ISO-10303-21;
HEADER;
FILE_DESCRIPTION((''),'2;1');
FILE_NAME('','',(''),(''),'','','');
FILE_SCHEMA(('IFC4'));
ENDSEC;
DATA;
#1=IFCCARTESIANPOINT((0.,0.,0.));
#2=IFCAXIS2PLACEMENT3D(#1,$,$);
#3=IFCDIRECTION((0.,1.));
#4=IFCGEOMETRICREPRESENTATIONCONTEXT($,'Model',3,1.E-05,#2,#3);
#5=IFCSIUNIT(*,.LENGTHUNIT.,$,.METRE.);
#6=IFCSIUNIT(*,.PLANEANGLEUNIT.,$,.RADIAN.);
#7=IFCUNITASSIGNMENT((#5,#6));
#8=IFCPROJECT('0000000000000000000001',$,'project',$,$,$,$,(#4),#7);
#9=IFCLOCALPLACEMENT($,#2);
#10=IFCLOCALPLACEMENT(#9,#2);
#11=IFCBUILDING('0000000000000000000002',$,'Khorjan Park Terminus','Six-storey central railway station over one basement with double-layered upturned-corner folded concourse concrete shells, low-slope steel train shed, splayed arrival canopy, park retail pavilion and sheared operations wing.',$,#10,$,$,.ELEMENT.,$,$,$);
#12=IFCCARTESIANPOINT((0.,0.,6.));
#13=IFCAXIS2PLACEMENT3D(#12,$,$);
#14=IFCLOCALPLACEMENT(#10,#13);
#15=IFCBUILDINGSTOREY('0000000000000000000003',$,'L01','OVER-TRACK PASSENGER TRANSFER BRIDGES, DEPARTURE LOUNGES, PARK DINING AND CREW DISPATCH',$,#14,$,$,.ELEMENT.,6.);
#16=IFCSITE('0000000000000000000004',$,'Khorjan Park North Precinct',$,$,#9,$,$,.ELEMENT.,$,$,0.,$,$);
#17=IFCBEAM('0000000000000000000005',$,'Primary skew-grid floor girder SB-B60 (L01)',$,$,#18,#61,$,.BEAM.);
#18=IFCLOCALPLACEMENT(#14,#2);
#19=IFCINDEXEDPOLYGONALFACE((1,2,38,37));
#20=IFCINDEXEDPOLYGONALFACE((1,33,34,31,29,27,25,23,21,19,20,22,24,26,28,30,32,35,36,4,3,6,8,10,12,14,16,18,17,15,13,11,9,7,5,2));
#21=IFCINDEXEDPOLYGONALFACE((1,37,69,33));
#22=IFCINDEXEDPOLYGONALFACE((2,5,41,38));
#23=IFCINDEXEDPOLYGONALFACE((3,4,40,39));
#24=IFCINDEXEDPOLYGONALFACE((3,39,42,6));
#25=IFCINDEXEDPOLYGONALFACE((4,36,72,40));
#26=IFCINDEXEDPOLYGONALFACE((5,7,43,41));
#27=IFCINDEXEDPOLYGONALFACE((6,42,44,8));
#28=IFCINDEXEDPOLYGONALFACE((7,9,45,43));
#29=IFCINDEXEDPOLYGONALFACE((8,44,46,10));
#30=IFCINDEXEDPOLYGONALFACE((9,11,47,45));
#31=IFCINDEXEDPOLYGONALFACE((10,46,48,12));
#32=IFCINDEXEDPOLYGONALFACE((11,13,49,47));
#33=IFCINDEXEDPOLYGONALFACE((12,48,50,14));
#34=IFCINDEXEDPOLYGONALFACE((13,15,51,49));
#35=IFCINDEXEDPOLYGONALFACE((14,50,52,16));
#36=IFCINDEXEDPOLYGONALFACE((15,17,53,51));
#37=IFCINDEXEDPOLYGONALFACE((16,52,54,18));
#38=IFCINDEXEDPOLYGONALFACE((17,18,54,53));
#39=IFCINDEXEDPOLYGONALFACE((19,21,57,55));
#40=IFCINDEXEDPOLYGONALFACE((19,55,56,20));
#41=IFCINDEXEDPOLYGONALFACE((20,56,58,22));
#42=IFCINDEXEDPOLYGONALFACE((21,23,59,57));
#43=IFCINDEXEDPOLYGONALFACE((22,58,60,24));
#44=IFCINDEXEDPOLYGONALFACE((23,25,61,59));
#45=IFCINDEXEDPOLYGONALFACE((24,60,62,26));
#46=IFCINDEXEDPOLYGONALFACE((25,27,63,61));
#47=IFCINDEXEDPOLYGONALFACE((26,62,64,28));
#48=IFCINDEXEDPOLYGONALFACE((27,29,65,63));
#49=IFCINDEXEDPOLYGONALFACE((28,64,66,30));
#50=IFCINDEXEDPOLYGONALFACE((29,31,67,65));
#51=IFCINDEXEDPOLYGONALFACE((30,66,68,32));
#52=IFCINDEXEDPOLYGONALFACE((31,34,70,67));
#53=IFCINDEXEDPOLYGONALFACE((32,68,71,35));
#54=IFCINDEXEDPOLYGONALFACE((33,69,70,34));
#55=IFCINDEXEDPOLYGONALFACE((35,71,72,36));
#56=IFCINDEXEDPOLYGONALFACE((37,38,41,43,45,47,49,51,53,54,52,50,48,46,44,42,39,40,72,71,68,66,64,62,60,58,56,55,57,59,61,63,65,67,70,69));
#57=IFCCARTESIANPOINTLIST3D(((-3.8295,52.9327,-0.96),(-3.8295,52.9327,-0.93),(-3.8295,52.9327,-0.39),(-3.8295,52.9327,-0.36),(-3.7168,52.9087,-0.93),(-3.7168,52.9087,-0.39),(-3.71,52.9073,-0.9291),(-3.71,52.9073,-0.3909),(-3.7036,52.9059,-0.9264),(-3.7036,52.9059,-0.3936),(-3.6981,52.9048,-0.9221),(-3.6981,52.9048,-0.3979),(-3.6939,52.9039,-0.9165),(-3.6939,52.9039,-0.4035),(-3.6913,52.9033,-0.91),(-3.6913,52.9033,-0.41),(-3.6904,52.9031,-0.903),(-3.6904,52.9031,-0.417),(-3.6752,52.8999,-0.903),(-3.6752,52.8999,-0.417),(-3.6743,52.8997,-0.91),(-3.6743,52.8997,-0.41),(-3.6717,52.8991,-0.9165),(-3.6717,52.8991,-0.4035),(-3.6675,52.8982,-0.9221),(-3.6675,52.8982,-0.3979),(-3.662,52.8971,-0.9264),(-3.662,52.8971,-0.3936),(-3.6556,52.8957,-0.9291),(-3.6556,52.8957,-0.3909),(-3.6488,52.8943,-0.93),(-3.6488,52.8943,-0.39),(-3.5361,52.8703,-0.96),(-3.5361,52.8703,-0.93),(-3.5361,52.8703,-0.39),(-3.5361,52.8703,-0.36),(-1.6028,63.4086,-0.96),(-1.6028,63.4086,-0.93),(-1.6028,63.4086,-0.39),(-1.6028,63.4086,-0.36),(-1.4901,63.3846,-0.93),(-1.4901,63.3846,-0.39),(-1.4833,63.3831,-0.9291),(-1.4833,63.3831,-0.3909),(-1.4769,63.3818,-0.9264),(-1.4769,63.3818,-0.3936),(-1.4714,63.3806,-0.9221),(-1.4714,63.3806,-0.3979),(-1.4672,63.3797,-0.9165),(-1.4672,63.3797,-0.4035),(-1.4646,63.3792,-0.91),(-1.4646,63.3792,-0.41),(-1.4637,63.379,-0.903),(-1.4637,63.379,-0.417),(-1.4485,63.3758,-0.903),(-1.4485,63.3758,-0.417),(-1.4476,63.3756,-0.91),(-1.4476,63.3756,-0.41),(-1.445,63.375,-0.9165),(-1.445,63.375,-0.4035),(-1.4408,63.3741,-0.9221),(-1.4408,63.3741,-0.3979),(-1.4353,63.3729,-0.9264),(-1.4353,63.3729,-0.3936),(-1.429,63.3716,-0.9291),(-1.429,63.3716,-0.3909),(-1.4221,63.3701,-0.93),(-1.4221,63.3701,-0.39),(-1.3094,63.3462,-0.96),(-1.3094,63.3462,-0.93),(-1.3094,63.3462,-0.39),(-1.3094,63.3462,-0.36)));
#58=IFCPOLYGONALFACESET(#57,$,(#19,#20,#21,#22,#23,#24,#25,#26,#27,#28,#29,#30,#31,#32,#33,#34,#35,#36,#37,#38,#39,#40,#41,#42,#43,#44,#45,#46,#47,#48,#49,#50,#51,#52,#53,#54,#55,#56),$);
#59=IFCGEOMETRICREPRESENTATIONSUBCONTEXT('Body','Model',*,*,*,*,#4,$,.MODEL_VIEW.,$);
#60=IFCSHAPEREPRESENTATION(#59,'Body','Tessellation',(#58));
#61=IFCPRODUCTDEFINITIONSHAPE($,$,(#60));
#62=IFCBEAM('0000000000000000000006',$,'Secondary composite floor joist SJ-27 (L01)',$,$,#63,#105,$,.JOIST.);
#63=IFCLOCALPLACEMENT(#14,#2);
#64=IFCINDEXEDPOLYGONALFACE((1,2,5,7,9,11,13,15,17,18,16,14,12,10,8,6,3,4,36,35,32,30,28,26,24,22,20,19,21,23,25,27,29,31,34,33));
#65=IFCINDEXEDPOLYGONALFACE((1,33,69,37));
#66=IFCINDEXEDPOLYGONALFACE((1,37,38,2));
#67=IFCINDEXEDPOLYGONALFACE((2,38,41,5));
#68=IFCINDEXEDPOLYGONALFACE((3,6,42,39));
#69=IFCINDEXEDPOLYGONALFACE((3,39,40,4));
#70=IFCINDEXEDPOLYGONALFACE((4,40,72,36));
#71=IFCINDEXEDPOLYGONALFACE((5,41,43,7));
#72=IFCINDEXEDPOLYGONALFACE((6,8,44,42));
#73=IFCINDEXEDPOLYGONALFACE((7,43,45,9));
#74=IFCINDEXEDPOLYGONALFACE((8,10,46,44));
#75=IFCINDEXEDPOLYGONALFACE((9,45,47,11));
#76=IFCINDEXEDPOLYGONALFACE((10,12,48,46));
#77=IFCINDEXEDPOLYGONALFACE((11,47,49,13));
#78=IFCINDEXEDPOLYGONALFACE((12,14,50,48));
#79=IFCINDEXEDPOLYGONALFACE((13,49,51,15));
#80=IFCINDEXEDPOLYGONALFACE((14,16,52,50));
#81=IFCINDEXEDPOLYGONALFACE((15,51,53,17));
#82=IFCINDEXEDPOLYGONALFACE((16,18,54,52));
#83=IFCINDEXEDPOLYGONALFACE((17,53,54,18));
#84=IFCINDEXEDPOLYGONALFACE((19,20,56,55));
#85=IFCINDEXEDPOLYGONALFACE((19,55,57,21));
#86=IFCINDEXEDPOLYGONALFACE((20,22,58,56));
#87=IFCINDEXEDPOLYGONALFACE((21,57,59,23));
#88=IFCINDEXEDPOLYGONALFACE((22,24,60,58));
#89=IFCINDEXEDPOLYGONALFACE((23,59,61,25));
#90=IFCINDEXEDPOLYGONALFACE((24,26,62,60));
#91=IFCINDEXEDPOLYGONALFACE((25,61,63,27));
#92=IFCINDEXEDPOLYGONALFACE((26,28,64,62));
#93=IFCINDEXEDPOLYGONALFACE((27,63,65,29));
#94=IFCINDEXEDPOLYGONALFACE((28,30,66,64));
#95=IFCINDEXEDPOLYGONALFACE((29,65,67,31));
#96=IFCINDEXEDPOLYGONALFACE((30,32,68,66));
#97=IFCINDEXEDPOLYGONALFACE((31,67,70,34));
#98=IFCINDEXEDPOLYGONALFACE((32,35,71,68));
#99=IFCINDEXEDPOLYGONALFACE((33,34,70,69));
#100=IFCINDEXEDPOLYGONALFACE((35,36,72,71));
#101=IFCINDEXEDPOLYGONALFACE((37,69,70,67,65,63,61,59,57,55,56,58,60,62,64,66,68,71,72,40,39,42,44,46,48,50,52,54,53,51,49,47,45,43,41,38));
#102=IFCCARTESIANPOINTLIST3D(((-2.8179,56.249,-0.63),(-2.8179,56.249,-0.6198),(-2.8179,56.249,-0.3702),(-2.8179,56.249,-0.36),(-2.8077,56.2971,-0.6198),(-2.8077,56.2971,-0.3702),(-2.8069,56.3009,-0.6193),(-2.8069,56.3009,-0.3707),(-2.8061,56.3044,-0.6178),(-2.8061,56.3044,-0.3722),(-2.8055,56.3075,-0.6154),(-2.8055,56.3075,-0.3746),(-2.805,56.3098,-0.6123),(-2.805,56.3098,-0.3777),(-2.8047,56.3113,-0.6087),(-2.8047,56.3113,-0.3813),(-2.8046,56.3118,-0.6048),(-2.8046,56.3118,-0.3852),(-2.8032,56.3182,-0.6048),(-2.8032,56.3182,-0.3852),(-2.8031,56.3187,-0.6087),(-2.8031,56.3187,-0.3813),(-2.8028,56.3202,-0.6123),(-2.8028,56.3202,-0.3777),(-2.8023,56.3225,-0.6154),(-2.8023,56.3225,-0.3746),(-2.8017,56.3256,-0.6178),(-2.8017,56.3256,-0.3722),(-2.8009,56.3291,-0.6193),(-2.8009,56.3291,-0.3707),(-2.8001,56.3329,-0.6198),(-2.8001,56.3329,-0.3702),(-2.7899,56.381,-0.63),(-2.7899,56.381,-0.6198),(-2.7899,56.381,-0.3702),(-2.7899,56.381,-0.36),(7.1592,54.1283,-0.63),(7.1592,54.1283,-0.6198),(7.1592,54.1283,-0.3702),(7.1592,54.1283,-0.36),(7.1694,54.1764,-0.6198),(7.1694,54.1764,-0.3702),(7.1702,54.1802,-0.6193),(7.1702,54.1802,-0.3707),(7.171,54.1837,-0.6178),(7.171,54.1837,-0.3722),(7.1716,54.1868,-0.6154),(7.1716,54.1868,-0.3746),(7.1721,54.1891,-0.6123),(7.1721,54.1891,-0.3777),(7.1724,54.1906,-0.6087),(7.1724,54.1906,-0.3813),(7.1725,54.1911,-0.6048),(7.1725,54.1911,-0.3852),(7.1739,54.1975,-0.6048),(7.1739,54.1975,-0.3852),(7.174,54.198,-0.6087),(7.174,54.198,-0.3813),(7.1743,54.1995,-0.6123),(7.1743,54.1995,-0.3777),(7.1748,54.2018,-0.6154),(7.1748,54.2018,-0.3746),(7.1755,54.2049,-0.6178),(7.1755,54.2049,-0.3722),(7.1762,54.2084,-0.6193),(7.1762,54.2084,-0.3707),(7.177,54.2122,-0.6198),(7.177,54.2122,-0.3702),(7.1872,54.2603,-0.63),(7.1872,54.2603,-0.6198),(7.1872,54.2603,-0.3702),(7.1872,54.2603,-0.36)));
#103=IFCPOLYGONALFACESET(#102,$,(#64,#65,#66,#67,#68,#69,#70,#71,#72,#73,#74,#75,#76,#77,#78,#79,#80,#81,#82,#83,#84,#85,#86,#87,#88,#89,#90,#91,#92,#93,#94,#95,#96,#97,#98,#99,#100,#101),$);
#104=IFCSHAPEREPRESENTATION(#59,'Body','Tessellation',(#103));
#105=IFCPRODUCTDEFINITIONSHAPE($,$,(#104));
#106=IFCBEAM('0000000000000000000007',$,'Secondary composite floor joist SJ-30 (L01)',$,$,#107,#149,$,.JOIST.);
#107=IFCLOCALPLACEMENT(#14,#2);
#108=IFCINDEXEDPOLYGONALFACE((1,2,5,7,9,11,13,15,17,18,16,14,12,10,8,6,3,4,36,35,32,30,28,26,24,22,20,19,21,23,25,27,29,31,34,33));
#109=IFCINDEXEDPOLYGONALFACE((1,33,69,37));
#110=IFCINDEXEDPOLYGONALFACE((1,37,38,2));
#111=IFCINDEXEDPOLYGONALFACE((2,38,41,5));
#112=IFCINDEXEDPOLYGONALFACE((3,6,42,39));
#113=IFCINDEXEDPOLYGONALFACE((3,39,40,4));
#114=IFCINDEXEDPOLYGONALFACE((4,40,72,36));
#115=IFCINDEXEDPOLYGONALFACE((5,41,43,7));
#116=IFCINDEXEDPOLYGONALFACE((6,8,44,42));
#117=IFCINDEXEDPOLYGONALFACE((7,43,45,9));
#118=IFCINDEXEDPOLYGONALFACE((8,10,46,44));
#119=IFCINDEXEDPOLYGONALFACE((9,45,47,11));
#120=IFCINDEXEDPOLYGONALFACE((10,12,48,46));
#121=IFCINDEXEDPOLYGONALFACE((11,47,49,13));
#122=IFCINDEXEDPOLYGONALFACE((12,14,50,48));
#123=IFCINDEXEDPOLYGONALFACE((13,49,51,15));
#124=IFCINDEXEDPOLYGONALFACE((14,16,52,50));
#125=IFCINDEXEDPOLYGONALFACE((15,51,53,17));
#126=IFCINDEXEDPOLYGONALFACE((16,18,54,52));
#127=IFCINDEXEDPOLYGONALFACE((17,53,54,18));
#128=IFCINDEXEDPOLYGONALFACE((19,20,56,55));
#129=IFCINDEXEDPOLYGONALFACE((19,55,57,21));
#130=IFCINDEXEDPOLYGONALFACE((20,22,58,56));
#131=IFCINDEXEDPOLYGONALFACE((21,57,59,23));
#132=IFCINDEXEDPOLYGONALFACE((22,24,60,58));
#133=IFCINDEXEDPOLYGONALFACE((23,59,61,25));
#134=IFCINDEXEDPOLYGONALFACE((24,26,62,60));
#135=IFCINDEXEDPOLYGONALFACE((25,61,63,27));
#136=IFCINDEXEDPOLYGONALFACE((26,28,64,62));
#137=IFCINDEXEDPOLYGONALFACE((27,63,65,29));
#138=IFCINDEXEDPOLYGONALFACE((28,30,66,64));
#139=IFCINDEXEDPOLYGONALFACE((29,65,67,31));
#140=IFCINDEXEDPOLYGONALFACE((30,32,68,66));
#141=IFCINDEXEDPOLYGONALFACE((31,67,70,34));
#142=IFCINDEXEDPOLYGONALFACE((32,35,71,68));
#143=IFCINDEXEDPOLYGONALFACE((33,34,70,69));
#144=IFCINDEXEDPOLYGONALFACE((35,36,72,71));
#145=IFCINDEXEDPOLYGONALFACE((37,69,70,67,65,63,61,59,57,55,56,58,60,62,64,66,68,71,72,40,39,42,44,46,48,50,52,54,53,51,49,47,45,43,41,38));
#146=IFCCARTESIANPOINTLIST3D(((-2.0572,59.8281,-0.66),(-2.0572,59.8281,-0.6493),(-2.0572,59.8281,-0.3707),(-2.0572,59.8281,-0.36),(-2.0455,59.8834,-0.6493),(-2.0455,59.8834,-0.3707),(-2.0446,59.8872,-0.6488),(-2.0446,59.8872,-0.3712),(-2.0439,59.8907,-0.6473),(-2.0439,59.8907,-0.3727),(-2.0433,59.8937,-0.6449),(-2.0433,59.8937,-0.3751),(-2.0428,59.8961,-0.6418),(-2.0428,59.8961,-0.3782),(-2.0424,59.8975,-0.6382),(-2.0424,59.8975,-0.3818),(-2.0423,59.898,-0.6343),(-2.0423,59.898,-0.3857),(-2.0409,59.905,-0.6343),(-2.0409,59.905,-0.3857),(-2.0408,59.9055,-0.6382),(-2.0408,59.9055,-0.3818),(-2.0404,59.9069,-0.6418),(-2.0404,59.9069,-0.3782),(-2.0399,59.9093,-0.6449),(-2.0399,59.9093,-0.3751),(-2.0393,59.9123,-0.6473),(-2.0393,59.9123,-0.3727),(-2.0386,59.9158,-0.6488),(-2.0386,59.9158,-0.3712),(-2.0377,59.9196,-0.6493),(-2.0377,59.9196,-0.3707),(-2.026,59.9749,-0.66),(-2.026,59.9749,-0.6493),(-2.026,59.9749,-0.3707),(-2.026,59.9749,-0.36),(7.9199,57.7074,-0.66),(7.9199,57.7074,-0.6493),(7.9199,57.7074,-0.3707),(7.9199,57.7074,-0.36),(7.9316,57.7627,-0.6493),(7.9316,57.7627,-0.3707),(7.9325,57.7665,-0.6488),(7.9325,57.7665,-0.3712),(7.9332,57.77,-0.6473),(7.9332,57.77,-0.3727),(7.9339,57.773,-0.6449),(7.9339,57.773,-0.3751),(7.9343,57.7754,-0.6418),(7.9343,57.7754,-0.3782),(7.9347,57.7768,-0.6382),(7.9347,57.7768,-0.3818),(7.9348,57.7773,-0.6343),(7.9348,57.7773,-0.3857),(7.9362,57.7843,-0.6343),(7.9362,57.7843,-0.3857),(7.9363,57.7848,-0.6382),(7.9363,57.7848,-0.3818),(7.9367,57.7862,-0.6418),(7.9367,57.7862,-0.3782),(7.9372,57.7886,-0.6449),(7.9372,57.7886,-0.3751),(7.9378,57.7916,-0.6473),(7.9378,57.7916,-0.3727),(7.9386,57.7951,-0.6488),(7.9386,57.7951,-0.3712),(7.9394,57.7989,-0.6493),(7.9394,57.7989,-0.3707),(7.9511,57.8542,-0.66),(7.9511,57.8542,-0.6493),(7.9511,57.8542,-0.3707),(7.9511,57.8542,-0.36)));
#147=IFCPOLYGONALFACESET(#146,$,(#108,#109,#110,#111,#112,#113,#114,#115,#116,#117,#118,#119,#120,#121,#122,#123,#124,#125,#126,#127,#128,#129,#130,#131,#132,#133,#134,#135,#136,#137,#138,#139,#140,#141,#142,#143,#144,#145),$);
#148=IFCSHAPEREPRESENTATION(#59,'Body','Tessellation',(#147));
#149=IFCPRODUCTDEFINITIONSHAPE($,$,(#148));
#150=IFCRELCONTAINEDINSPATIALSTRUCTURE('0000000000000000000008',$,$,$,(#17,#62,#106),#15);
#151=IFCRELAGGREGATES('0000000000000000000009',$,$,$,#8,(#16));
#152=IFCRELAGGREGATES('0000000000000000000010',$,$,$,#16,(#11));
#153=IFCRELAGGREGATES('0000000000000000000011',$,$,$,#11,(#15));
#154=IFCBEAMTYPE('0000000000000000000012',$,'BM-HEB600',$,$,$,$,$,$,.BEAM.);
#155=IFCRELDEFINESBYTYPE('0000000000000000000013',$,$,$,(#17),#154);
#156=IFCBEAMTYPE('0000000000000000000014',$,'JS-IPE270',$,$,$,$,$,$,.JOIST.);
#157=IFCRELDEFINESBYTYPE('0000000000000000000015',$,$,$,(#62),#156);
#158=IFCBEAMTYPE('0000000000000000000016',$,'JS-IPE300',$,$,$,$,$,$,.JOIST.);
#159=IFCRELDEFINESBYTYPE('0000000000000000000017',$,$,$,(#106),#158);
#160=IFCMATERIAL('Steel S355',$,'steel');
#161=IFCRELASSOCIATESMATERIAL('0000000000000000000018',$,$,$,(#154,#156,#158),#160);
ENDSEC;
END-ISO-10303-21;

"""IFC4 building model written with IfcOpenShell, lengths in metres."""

from ifc_helpers import new_model, si_unit, direction, frame, origin, origin_2d, place, context, subcontext, project, spatial, i_section, extrude, material, material_profile, profile_set, type_object, element, save


model = new_model("IFC4")

# Units and contexts
model_context = context("Model", 3, precision=1e-05, world=origin(), true_north=direction((0.0, 1.0)))
body_context = subcontext(model_context, "Body", "Model", "MODEL_VIEW")
ifc_project = project(units=[si_unit("LENGTHUNIT", "METRE"), si_unit("PLANEANGLEUNIT", "RADIAN")], contexts=[model_context])

# Site, building, storey
site_placement = place(None, origin())
site = spatial("IfcSite", under=ifc_project, at=site_placement, Name="Khorjan Park North Precinct", CompositionType="ELEMENT", RefElevation=0.0)
building_placement = place(site_placement, origin())
building = spatial("IfcBuilding", under=site, at=building_placement, Name="Khorjan Park Terminus", Description="Six-storey central railway station over one basement with double-layered upturned-corner folded concourse concrete shells, low-slope steel train shed, splayed arrival canopy, park retail pavilion and sheared operations wing.", CompositionType="ELEMENT")
storey_placement = place(building_placement, frame((0.0, 0.0, 6.0)))
storey = spatial("IfcBuildingStorey", under=building, at=storey_placement, Name="L01", Description="OVER-TRACK PASSENGER TRANSFER BRIDGES, DEPARTURE LOUNGES, PARK DINING AND CREW DISPATCH", CompositionType="ELEMENT", Elevation=6.0)

# Shared definitions
ifc_material_1 = material(Name="Steel S355", Category="steel")

# Beams
ifc_material_profile_1 = material_profile(ifc_material_1, i_section(OverallWidth=0.3, OverallDepth=0.6, WebThickness=0.0155, FlangeThickness=0.03, FilletRadius=0.027, at=origin_2d()), Name="HEB 600")
ifc_profile_set_1 = profile_set([ifc_material_profile_1], Name="Steel S355")
beam_type_1 = type_object("IfcBeamType", Name="BM-HEB600", PredefinedType="BEAM", material=ifc_profile_set_1)
beam_1_placement = place(storey_placement, frame((-3.6828, 52.9015, -0.66), z_axis=(0.20791, 0.978148, 0.0), x_axis=(-0.978148, 0.20791, 0.0)))
element("IfcBeam", 1, at=beam_1_placement, inside=storey, type_object=beam_type_1, Name="Primary skew-grid floor girder SB-B60 (L01)", PredefinedType="BEAM", context=body_context, shape_type="SweptSolid", body=[
    extrude(i_section(OverallWidth=0.3, OverallDepth=0.6, WebThickness=0.0155, FlangeThickness=0.03, FilletRadius=0.027, at=origin_2d()), origin(), (0.0, 0.0, 1.0), 10.7099),
])
ifc_material_profile_2 = material_profile(ifc_material_1, i_section(OverallWidth=0.135, OverallDepth=0.27, WebThickness=0.0066, FlangeThickness=0.0102, FilletRadius=0.015, at=origin_2d()), Name="IPE 270")
ifc_profile_set_2 = profile_set([ifc_material_profile_2], Name="Steel S355")
beam_type_2 = type_object("IfcBeamType", Name="JS-IPE270", PredefinedType="JOIST", material=ifc_profile_set_2)
beam_2_placement = place(storey_placement, frame((-2.8039, 56.315, -0.495), z_axis=(0.978148, -0.207912, 0.0), x_axis=(0.207912, 0.978148, 0.0)))
element("IfcBeam", 2, at=beam_2_placement, inside=storey, type_object=beam_type_2, Name="Secondary composite floor joist SJ-27 (L01)", PredefinedType="JOIST", context=body_context, shape_type="SweptSolid", body=[
    extrude(i_section(OverallWidth=0.135, OverallDepth=0.27, WebThickness=0.0066, FlangeThickness=0.0102, FilletRadius=0.015, at=origin_2d()), origin(), (0.0, 0.0, 1.0), 10.2),
])
ifc_material_profile_3 = material_profile(ifc_material_1, i_section(OverallWidth=0.15, OverallDepth=0.3, WebThickness=0.0071, FlangeThickness=0.0107, FilletRadius=0.015, at=origin_2d()), Name="IPE 300")
ifc_profile_set_3 = profile_set([ifc_material_profile_3], Name="Steel S355")
beam_type_3 = type_object("IfcBeamType", Name="JS-IPE300", PredefinedType="JOIST", material=ifc_profile_set_3)
beam_3_placement = place(storey_placement, frame((-2.0416, 59.9015, -0.51), z_axis=(0.978148, -0.207912, 0.0), x_axis=(0.207912, 0.978148, 0.0)))
element("IfcBeam", 3, at=beam_3_placement, inside=storey, type_object=beam_type_3, Name="Secondary composite floor joist SJ-30 (L01)", PredefinedType="JOIST", context=body_context, shape_type="SweptSolid", body=[
    extrude(i_section(OverallWidth=0.15, OverallDepth=0.3, WebThickness=0.0071, FlangeThickness=0.0107, FilletRadius=0.015, at=origin_2d()), origin(), (0.0, 0.0, 1.0), 10.2),
])

save(model, "model.ifc")
